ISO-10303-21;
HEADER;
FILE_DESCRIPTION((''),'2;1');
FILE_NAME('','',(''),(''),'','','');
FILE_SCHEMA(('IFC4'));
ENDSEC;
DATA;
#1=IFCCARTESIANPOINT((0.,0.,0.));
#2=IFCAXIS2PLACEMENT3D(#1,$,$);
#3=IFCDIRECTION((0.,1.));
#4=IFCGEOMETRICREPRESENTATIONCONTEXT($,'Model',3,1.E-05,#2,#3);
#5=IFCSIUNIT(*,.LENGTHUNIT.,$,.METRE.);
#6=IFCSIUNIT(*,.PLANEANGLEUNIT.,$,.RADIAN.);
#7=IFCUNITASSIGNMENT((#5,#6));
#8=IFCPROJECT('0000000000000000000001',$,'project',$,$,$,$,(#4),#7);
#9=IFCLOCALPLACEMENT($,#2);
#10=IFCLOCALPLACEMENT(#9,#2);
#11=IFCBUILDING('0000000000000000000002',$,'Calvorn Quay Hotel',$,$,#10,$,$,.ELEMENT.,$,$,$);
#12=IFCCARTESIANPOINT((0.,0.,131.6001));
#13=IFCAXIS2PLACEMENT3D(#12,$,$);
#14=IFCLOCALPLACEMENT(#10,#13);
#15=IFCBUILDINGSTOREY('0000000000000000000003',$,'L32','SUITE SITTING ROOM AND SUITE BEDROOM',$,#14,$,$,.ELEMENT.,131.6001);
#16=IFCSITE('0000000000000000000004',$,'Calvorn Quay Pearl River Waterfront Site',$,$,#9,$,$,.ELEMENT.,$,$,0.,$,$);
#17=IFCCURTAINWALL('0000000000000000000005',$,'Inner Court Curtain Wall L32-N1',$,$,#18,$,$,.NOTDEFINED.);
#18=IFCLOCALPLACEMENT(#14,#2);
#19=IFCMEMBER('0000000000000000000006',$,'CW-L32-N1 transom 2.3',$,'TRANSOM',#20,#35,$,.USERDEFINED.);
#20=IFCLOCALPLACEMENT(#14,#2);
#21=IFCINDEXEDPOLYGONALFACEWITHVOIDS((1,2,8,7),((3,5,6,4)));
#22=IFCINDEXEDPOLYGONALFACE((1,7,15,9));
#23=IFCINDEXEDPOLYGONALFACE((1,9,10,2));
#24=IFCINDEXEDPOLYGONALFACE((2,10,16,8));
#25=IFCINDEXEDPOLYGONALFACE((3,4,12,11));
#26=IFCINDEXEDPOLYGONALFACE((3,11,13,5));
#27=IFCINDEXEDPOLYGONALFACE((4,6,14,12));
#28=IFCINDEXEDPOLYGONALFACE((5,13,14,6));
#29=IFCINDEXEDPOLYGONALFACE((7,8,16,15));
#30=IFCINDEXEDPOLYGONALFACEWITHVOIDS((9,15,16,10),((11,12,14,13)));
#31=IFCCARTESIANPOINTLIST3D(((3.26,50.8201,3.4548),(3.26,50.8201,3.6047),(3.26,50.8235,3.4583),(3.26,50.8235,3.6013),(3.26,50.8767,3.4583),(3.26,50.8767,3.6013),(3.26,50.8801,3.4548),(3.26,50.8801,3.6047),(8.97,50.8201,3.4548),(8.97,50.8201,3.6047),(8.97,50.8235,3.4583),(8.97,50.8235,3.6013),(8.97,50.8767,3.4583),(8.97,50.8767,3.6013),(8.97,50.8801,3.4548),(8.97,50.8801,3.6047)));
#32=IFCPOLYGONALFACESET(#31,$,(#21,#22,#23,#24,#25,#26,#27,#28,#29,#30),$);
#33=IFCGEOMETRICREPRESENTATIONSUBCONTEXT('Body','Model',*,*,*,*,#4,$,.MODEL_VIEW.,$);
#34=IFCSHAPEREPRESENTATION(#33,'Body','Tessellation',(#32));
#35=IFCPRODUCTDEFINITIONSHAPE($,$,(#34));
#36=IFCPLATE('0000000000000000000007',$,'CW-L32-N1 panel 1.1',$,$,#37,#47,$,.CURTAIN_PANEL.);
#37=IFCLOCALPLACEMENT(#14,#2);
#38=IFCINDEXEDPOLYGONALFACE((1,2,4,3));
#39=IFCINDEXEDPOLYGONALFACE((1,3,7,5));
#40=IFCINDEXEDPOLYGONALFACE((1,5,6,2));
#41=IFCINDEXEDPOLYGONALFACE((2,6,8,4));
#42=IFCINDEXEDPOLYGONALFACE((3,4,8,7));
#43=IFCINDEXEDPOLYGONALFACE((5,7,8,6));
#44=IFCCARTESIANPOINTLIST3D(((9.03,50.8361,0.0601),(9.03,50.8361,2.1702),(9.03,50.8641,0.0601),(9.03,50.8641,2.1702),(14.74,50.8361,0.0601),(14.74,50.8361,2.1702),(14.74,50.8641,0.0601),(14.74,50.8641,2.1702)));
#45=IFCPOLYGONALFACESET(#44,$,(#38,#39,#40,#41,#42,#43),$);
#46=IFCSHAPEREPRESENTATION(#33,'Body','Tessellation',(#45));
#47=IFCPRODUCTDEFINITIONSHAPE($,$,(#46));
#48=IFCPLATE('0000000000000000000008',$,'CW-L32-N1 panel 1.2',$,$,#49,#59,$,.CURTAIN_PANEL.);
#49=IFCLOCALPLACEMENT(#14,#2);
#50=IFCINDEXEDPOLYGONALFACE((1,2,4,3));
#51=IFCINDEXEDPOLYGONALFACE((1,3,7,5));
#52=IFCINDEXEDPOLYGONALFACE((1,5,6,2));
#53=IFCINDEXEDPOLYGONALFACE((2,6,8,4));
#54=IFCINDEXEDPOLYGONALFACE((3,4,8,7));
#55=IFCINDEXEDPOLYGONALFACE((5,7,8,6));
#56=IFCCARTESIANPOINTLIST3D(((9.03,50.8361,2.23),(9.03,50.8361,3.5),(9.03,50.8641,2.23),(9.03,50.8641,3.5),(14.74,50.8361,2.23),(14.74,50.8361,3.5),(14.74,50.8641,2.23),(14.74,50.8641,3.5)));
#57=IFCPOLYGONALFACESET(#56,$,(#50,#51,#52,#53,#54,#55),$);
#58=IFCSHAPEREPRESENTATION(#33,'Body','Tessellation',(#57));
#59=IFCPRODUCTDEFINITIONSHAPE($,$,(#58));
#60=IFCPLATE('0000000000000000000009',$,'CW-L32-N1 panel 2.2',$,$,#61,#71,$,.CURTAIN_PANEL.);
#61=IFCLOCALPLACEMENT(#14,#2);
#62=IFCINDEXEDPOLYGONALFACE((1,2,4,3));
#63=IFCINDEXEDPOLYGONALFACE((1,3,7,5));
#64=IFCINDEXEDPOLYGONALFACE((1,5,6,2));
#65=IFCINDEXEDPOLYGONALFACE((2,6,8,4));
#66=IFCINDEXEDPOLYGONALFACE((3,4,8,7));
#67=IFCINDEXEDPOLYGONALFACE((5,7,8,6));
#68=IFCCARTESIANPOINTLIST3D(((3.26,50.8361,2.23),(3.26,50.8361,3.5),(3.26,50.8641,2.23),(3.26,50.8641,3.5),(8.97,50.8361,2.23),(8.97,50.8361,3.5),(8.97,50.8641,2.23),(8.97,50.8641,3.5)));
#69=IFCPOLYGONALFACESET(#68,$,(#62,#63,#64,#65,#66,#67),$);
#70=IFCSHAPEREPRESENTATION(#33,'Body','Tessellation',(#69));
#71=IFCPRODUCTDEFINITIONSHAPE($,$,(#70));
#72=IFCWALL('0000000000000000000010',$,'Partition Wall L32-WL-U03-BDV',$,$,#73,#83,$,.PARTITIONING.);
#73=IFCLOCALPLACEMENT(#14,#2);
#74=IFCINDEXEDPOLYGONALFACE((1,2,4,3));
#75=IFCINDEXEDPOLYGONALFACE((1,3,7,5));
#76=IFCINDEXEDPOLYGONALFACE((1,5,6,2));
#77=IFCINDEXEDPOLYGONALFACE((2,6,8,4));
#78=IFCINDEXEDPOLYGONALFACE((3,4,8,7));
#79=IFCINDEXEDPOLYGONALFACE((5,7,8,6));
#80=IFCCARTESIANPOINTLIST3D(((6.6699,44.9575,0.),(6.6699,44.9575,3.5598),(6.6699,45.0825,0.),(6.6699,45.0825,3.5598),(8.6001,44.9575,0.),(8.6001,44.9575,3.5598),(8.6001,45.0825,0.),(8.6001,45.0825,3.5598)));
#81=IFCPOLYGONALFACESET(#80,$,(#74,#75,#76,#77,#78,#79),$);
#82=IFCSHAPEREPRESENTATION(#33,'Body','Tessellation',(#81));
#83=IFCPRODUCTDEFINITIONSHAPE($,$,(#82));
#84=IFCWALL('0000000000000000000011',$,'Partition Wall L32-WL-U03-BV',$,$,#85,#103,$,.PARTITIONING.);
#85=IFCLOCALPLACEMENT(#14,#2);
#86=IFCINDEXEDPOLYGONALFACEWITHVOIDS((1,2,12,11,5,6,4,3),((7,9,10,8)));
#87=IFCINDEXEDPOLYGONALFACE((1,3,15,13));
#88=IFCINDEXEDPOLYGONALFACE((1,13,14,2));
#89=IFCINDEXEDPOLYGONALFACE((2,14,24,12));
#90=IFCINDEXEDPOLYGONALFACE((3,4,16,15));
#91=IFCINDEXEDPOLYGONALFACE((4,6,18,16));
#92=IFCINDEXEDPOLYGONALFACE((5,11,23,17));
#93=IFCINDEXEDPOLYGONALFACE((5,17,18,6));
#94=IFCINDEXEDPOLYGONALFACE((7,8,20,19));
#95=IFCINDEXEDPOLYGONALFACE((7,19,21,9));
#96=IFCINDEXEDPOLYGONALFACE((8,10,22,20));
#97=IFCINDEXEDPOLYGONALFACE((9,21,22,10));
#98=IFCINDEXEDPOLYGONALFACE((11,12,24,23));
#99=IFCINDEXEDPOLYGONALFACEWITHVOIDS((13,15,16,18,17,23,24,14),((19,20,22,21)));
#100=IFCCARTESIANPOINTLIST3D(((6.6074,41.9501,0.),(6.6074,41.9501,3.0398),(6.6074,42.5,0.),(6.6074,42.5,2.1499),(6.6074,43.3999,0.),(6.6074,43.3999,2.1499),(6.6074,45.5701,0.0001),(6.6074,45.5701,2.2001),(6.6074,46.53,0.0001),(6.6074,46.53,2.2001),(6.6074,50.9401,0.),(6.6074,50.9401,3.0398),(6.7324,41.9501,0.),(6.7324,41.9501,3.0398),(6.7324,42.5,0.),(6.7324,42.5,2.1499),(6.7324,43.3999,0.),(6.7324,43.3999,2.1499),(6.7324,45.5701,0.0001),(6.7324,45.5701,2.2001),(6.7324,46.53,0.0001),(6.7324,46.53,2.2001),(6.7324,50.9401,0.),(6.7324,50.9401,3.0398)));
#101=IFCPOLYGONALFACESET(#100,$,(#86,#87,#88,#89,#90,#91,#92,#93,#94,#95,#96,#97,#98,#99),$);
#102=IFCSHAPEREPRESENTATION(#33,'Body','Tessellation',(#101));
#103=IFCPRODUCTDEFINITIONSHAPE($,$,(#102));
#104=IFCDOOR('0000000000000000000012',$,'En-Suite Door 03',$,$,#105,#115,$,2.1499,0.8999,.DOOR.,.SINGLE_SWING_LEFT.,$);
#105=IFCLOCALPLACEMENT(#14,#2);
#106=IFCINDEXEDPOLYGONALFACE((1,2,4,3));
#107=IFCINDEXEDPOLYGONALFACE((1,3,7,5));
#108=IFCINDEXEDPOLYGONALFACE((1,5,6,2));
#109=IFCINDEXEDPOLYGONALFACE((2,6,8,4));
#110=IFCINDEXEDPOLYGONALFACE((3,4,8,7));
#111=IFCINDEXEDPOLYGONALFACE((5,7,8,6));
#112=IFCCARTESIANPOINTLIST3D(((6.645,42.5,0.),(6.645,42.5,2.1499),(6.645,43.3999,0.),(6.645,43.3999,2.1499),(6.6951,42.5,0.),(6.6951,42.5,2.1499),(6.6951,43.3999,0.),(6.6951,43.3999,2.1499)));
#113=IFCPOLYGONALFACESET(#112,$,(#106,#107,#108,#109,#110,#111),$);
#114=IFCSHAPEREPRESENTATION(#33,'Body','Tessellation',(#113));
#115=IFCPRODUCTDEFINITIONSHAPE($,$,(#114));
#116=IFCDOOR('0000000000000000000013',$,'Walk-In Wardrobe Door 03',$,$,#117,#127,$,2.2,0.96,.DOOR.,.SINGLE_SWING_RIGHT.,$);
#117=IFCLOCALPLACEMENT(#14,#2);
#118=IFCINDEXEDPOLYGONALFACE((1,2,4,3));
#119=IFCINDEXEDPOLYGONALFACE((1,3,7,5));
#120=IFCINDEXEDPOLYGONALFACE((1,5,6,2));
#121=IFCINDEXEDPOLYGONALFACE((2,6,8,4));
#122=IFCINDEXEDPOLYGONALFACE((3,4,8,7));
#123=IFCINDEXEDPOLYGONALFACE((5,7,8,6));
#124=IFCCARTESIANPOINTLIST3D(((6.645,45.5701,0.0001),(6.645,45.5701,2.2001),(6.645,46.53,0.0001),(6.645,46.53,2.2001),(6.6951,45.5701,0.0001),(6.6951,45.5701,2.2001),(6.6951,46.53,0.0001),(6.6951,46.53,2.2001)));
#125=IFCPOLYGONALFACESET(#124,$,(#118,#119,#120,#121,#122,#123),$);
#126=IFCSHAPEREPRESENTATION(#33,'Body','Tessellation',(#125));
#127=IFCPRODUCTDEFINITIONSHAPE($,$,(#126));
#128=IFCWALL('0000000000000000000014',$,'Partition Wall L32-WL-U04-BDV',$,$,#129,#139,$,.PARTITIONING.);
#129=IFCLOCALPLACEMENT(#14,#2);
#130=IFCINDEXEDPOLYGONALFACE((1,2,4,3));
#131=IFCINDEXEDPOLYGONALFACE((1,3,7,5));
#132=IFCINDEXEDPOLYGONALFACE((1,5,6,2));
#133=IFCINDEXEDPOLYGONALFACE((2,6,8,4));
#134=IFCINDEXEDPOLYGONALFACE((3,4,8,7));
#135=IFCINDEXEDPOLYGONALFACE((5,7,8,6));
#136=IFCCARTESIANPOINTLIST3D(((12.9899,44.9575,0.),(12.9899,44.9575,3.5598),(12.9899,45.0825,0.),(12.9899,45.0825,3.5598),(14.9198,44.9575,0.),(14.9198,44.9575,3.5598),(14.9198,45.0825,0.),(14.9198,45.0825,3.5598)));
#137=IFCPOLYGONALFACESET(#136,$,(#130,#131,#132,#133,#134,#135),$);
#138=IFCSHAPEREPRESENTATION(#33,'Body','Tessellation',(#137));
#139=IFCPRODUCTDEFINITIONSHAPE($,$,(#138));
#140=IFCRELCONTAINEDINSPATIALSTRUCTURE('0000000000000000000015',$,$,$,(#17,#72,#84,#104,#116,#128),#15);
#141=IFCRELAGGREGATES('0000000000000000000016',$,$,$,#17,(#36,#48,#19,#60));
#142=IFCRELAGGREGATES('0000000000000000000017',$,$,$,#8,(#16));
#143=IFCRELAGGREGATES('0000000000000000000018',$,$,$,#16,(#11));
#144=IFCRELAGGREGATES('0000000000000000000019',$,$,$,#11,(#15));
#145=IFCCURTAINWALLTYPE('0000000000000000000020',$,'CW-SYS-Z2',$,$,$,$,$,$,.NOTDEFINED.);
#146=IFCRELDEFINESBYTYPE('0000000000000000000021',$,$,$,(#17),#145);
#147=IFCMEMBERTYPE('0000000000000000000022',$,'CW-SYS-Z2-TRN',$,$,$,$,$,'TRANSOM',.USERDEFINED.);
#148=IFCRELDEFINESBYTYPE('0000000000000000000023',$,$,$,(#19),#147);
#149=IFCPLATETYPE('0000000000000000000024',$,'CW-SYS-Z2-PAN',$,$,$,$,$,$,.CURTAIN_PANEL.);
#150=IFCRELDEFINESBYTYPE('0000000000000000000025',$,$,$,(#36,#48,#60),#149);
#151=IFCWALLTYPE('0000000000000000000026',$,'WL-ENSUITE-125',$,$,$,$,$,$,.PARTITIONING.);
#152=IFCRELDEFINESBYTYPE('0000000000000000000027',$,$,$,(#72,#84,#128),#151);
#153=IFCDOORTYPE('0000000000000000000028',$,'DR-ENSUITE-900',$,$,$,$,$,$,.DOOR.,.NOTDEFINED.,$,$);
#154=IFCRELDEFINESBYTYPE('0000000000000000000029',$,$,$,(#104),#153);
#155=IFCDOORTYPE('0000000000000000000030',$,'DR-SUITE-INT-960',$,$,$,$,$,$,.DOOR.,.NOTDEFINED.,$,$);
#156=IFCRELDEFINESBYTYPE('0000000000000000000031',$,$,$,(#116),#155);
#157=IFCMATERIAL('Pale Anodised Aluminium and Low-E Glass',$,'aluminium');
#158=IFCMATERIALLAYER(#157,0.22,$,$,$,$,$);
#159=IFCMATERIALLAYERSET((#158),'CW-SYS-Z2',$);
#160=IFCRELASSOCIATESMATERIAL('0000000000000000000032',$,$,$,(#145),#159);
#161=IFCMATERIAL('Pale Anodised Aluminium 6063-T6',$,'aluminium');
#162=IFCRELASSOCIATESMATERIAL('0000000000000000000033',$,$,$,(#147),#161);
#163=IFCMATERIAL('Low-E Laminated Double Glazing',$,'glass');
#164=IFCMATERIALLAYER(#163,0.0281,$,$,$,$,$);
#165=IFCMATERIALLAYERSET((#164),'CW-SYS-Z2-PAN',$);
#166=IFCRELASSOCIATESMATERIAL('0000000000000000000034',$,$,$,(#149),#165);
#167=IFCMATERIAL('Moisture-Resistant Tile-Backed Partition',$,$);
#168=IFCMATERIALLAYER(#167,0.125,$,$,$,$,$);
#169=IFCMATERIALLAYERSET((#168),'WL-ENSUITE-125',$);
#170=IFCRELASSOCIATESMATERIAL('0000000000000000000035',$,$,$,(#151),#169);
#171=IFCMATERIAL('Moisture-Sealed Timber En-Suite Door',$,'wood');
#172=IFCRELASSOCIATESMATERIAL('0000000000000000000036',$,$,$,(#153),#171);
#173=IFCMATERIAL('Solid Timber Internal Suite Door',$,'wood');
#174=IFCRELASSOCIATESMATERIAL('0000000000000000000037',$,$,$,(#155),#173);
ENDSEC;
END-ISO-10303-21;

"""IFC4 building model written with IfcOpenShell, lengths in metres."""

from ifc_helpers import new_model, si_unit, direction, frame, frame_2d, origin, origin_2d, place, context, subcontext, project, spatial, rectangle, hollow_rectangle, extrude, material, layer, layer_set, material_profile, profile_set, type_object, element, fill, aggregate, save


model = new_model("IFC4")

# Units and contexts
model_context = context("Model", 3, precision=1e-05, world=origin(), true_north=direction((0.0, 1.0)))
body_context = subcontext(model_context, "Body", "Model", "MODEL_VIEW")
ifc_project = project(units=[si_unit("LENGTHUNIT", "METRE"), si_unit("PLANEANGLEUNIT", "RADIAN")], contexts=[model_context])

# Site, building, storey
site_placement = place(None, origin())
site = spatial("IfcSite", under=ifc_project, at=site_placement, Name="Calvorn Quay Pearl River Waterfront Site", CompositionType="ELEMENT", RefElevation=0.0)
building_placement = place(site_placement, origin())
building = spatial("IfcBuilding", under=site, at=building_placement, Name="Calvorn Quay Hotel", CompositionType="ELEMENT")
storey_placement = place(building_placement, frame((0.0, 0.0, 131.6001)))
storey = spatial("IfcBuildingStorey", under=building, at=storey_placement, Name="L32", Description="SUITE SITTING ROOM AND SUITE BEDROOM", CompositionType="ELEMENT", Elevation=131.6001)

# Curtain wall, member, plates
ifc_material_1 = material(Name="Pale Anodised Aluminium and Low-E Glass", Category="aluminium")
ifc_layer_1 = layer(ifc_material_1, 0.22)
ifc_layer_set_1 = layer_set([ifc_layer_1], Name="CW-SYS-Z2")
curtain_wall_type = type_object("IfcCurtainWallType", Name="CW-SYS-Z2", PredefinedType="NOTDEFINED", material=ifc_layer_set_1)
curtain_wall_placement = place(storey_placement, origin())
curtain_wall = element("IfcCurtainWall", 1, at=curtain_wall_placement, inside=storey, type_object=curtain_wall_type, Name="Inner Court Curtain Wall L32-N1", PredefinedType="NOTDEFINED")
ifc_material_2 = material(Name="Pale Anodised Aluminium 6063-T6", Category="aluminium")
ifc_material_profile_1 = material_profile(ifc_material_2, hollow_rectangle(XDim=0.0601, YDim=0.1499, WallThickness=0.0034, at=origin_2d()), Name="ALU-T150x60x3.5")
ifc_profile_set_1 = profile_set([ifc_material_profile_1], Name="Pale Anodised Aluminium 6063-T6")
member_type_1 = type_object("IfcMemberType", Name="CW-SYS-Z2-TRN", ElementType="TRANSOM", PredefinedType="USERDEFINED", material=ifc_profile_set_1)
member_1_placement = place(storey_placement, frame((8.97, 50.8501, 3.5298), z_axis=(-1.0, 0.0, 0.0), x_axis=(0.0, -1.0, 0.0)))
member_1 = element("IfcMember", 2, at=member_1_placement, type_object=member_type_1, Name="CW-L32-N1 transom 2.3", ObjectType="TRANSOM", PredefinedType="USERDEFINED", context=body_context, shape_type="SweptSolid", body=[
    extrude(hollow_rectangle(XDim=0.0601, YDim=0.1499, WallThickness=0.0034, at=origin_2d()), origin(), (0.0, 0.0, 1.0), 5.71),
])
ifc_material_3 = material(Name="Low-E Laminated Double Glazing", Category="glass")
ifc_layer_2 = layer(ifc_material_3, 0.0281)
ifc_layer_set_2 = layer_set([ifc_layer_2], Name="CW-SYS-Z2-PAN")
plate_type = type_object("IfcPlateType", Name="CW-SYS-Z2-PAN", PredefinedType="CURTAIN_PANEL", material=ifc_layer_set_2)
plate_1_placement = place(storey_placement, frame((11.885, 50.8501, 0.0601), z_axis=(0.0, 0.0, 1.0), x_axis=(-1.0, 0.0, 0.0)))
plate_1 = element("IfcPlate", 3, at=plate_1_placement, type_object=plate_type, Name="CW-L32-N1 panel 1.1", PredefinedType="CURTAIN_PANEL", context=body_context, shape_type="SweptSolid", body=[
    extrude(rectangle(XDim=5.71, YDim=0.0281, at=origin_2d()), origin(), (0.0, 0.0, 1.0), 2.1101),
])
plate_2_placement = place(storey_placement, frame((11.885, 50.8501, 2.23), z_axis=(0.0, 0.0, 1.0), x_axis=(-1.0, 0.0, 0.0)))
plate_2 = element("IfcPlate", 4, at=plate_2_placement, type_object=plate_type, Name="CW-L32-N1 panel 1.2", PredefinedType="CURTAIN_PANEL", context=body_context, shape_type="SweptSolid", body=[
    extrude(rectangle(XDim=5.71, YDim=0.0281, at=origin_2d()), origin(), (0.0, 0.0, 1.0), 1.27),
])
plate_3_placement = place(storey_placement, frame((6.115, 50.8501, 2.23), z_axis=(0.0, 0.0, 1.0), x_axis=(-1.0, 0.0, 0.0)))
plate_3 = element("IfcPlate", 5, at=plate_3_placement, type_object=plate_type, Name="CW-L32-N1 panel 2.2", PredefinedType="CURTAIN_PANEL", context=body_context, shape_type="SweptSolid", body=[
    extrude(rectangle(XDim=5.71, YDim=0.0281, at=origin_2d()), origin(), (0.0, 0.0, 1.0), 1.27),
])
aggregate(curtain_wall, [plate_1, plate_2, member_1, plate_3])

# Wall
ifc_material_4 = material(Name="Moisture-Resistant Tile-Backed Partition")
ifc_layer_3 = layer(ifc_material_4, 0.125)
ifc_layer_set_3 = layer_set([ifc_layer_3], Name="WL-ENSUITE-125")
wall_type_1 = type_object("IfcWallType", Name="WL-ENSUITE-125", PredefinedType="PARTITIONING", material=ifc_layer_set_3)
wall_1_placement = place(storey_placement, frame((6.6699, 45.02, 0.0), z_axis=(0.0, 0.0, 1.0), x_axis=(1.0, 0.0, 0.0)))
element("IfcWall", 6, at=wall_1_placement, inside=storey, type_object=wall_type_1, Name="Partition Wall L32-WL-U03-BDV", PredefinedType="PARTITIONING", context=body_context, shape_type="SweptSolid", body=[
    extrude(rectangle(XDim=1.9302, YDim=0.125, at=frame_2d((0.9651, 0.0))), origin(), (0.0, 0.0, 1.0), 3.5598),
])

# Wall, openings, doors
wall_2_placement = place(storey_placement, frame((6.6699, 41.95, 0.0), z_axis=(0.0, 0.0, 1.0), x_axis=(0.0, 1.0, 0.0)))
wall_2 = element("IfcWall", 7, at=wall_2_placement, inside=storey, type_object=wall_type_1, Name="Partition Wall L32-WL-U03-BV", PredefinedType="PARTITIONING", context=body_context, shape_type="SweptSolid", body=[
    extrude(rectangle(XDim=8.99, YDim=0.125, at=frame_2d((4.4951, 0.0))), origin(), (0.0, 0.0, 1.0), 3.0398),
])
opening_1_placement = place(wall_2_placement, frame((0.55, 0.0, 0.0)))
opening_1 = element("IfcOpeningElement", 8, at=opening_1_placement, cuts=wall_2, PredefinedType="OPENING", context=body_context, shape_type="SweptSolid", body=[
    extrude(rectangle(XDim=0.8999, YDim=2.1499, at=frame_2d((0.45, 1.075))), frame((0.0, 0.0725, 0.0), z_axis=(0.0, -1.0, 0.0), x_axis=(1.0, 0.0, 0.0)), (0.0, 0.0, 1.0), 0.145),
])
opening_2_placement = place(wall_2_placement, frame((3.6201, 0.0, 0.0)))
opening_2 = element("IfcOpeningElement", 9, at=opening_2_placement, cuts=wall_2, PredefinedType="OPENING", context=body_context, shape_type="SweptSolid", body=[
    extrude(rectangle(XDim=0.96, YDim=2.2, at=frame_2d((0.48, 1.1001))), frame((0.0, 0.0725, 0.0), z_axis=(0.0, -1.0, 0.0), x_axis=(1.0, 0.0, 0.0)), (0.0, 0.0, 1.0), 0.145),
])
ifc_material_5 = material(Name="Moisture-Sealed Timber En-Suite Door", Category="wood")
door_type_1 = type_object("IfcDoorType", Name="DR-ENSUITE-900", OperationType="NOTDEFINED", PredefinedType="DOOR", material=ifc_material_5)
door_1_placement = place(opening_1_placement, origin())
door_1 = element("IfcDoor", 10, at=door_1_placement, inside=storey, type_object=door_type_1, Name="En-Suite Door 03", OperationType="SINGLE_SWING_LEFT", OverallHeight=2.1499, OverallWidth=0.8999, PredefinedType="DOOR", context=body_context, shape_type="SweptSolid", body=[
    extrude(rectangle(XDim=0.8999, YDim=2.1499, at=frame_2d((0.45, 1.075))), frame((0.0, 0.0249, 0.0), z_axis=(0.0, -1.0, 0.0), x_axis=(1.0, 0.0, 0.0)), (0.0, 0.0, 1.0), 0.05),
])
fill(opening_1, door_1)
ifc_material_6 = material(Name="Solid Timber Internal Suite Door", Category="wood")
door_type_2 = type_object("IfcDoorType", Name="DR-SUITE-INT-960", OperationType="NOTDEFINED", PredefinedType="DOOR", material=ifc_material_6)
door_2_placement = place(opening_2_placement, origin())
door_2 = element("IfcDoor", 11, at=door_2_placement, inside=storey, type_object=door_type_2, Name="Walk-In Wardrobe Door 03", OperationType="SINGLE_SWING_RIGHT", OverallHeight=2.2, OverallWidth=0.96, PredefinedType="DOOR", context=body_context, shape_type="SweptSolid", body=[
    extrude(rectangle(XDim=0.96, YDim=2.2, at=frame_2d((0.48, 1.1001))), frame((0.0, 0.0249, 0.0), z_axis=(0.0, -1.0, 0.0), x_axis=(1.0, 0.0, 0.0)), (0.0, 0.0, 1.0), 0.05),
])
fill(opening_2, door_2)

# Wall
wall_3_placement = place(storey_placement, frame((12.99, 45.02, 0.0), z_axis=(0.0, 0.0, 1.0), x_axis=(1.0, 0.0, 0.0)))
element("IfcWall", 12, at=wall_3_placement, inside=storey, type_object=wall_type_1, Name="Partition Wall L32-WL-U04-BDV", PredefinedType="PARTITIONING", context=body_context, shape_type="SweptSolid", body=[
    extrude(rectangle(XDim=1.9299, YDim=0.125, at=frame_2d((0.9648, 0.0))), origin(), (0.0, 0.0, 1.0), 3.5598),
])

save(model, "model.ifc")
